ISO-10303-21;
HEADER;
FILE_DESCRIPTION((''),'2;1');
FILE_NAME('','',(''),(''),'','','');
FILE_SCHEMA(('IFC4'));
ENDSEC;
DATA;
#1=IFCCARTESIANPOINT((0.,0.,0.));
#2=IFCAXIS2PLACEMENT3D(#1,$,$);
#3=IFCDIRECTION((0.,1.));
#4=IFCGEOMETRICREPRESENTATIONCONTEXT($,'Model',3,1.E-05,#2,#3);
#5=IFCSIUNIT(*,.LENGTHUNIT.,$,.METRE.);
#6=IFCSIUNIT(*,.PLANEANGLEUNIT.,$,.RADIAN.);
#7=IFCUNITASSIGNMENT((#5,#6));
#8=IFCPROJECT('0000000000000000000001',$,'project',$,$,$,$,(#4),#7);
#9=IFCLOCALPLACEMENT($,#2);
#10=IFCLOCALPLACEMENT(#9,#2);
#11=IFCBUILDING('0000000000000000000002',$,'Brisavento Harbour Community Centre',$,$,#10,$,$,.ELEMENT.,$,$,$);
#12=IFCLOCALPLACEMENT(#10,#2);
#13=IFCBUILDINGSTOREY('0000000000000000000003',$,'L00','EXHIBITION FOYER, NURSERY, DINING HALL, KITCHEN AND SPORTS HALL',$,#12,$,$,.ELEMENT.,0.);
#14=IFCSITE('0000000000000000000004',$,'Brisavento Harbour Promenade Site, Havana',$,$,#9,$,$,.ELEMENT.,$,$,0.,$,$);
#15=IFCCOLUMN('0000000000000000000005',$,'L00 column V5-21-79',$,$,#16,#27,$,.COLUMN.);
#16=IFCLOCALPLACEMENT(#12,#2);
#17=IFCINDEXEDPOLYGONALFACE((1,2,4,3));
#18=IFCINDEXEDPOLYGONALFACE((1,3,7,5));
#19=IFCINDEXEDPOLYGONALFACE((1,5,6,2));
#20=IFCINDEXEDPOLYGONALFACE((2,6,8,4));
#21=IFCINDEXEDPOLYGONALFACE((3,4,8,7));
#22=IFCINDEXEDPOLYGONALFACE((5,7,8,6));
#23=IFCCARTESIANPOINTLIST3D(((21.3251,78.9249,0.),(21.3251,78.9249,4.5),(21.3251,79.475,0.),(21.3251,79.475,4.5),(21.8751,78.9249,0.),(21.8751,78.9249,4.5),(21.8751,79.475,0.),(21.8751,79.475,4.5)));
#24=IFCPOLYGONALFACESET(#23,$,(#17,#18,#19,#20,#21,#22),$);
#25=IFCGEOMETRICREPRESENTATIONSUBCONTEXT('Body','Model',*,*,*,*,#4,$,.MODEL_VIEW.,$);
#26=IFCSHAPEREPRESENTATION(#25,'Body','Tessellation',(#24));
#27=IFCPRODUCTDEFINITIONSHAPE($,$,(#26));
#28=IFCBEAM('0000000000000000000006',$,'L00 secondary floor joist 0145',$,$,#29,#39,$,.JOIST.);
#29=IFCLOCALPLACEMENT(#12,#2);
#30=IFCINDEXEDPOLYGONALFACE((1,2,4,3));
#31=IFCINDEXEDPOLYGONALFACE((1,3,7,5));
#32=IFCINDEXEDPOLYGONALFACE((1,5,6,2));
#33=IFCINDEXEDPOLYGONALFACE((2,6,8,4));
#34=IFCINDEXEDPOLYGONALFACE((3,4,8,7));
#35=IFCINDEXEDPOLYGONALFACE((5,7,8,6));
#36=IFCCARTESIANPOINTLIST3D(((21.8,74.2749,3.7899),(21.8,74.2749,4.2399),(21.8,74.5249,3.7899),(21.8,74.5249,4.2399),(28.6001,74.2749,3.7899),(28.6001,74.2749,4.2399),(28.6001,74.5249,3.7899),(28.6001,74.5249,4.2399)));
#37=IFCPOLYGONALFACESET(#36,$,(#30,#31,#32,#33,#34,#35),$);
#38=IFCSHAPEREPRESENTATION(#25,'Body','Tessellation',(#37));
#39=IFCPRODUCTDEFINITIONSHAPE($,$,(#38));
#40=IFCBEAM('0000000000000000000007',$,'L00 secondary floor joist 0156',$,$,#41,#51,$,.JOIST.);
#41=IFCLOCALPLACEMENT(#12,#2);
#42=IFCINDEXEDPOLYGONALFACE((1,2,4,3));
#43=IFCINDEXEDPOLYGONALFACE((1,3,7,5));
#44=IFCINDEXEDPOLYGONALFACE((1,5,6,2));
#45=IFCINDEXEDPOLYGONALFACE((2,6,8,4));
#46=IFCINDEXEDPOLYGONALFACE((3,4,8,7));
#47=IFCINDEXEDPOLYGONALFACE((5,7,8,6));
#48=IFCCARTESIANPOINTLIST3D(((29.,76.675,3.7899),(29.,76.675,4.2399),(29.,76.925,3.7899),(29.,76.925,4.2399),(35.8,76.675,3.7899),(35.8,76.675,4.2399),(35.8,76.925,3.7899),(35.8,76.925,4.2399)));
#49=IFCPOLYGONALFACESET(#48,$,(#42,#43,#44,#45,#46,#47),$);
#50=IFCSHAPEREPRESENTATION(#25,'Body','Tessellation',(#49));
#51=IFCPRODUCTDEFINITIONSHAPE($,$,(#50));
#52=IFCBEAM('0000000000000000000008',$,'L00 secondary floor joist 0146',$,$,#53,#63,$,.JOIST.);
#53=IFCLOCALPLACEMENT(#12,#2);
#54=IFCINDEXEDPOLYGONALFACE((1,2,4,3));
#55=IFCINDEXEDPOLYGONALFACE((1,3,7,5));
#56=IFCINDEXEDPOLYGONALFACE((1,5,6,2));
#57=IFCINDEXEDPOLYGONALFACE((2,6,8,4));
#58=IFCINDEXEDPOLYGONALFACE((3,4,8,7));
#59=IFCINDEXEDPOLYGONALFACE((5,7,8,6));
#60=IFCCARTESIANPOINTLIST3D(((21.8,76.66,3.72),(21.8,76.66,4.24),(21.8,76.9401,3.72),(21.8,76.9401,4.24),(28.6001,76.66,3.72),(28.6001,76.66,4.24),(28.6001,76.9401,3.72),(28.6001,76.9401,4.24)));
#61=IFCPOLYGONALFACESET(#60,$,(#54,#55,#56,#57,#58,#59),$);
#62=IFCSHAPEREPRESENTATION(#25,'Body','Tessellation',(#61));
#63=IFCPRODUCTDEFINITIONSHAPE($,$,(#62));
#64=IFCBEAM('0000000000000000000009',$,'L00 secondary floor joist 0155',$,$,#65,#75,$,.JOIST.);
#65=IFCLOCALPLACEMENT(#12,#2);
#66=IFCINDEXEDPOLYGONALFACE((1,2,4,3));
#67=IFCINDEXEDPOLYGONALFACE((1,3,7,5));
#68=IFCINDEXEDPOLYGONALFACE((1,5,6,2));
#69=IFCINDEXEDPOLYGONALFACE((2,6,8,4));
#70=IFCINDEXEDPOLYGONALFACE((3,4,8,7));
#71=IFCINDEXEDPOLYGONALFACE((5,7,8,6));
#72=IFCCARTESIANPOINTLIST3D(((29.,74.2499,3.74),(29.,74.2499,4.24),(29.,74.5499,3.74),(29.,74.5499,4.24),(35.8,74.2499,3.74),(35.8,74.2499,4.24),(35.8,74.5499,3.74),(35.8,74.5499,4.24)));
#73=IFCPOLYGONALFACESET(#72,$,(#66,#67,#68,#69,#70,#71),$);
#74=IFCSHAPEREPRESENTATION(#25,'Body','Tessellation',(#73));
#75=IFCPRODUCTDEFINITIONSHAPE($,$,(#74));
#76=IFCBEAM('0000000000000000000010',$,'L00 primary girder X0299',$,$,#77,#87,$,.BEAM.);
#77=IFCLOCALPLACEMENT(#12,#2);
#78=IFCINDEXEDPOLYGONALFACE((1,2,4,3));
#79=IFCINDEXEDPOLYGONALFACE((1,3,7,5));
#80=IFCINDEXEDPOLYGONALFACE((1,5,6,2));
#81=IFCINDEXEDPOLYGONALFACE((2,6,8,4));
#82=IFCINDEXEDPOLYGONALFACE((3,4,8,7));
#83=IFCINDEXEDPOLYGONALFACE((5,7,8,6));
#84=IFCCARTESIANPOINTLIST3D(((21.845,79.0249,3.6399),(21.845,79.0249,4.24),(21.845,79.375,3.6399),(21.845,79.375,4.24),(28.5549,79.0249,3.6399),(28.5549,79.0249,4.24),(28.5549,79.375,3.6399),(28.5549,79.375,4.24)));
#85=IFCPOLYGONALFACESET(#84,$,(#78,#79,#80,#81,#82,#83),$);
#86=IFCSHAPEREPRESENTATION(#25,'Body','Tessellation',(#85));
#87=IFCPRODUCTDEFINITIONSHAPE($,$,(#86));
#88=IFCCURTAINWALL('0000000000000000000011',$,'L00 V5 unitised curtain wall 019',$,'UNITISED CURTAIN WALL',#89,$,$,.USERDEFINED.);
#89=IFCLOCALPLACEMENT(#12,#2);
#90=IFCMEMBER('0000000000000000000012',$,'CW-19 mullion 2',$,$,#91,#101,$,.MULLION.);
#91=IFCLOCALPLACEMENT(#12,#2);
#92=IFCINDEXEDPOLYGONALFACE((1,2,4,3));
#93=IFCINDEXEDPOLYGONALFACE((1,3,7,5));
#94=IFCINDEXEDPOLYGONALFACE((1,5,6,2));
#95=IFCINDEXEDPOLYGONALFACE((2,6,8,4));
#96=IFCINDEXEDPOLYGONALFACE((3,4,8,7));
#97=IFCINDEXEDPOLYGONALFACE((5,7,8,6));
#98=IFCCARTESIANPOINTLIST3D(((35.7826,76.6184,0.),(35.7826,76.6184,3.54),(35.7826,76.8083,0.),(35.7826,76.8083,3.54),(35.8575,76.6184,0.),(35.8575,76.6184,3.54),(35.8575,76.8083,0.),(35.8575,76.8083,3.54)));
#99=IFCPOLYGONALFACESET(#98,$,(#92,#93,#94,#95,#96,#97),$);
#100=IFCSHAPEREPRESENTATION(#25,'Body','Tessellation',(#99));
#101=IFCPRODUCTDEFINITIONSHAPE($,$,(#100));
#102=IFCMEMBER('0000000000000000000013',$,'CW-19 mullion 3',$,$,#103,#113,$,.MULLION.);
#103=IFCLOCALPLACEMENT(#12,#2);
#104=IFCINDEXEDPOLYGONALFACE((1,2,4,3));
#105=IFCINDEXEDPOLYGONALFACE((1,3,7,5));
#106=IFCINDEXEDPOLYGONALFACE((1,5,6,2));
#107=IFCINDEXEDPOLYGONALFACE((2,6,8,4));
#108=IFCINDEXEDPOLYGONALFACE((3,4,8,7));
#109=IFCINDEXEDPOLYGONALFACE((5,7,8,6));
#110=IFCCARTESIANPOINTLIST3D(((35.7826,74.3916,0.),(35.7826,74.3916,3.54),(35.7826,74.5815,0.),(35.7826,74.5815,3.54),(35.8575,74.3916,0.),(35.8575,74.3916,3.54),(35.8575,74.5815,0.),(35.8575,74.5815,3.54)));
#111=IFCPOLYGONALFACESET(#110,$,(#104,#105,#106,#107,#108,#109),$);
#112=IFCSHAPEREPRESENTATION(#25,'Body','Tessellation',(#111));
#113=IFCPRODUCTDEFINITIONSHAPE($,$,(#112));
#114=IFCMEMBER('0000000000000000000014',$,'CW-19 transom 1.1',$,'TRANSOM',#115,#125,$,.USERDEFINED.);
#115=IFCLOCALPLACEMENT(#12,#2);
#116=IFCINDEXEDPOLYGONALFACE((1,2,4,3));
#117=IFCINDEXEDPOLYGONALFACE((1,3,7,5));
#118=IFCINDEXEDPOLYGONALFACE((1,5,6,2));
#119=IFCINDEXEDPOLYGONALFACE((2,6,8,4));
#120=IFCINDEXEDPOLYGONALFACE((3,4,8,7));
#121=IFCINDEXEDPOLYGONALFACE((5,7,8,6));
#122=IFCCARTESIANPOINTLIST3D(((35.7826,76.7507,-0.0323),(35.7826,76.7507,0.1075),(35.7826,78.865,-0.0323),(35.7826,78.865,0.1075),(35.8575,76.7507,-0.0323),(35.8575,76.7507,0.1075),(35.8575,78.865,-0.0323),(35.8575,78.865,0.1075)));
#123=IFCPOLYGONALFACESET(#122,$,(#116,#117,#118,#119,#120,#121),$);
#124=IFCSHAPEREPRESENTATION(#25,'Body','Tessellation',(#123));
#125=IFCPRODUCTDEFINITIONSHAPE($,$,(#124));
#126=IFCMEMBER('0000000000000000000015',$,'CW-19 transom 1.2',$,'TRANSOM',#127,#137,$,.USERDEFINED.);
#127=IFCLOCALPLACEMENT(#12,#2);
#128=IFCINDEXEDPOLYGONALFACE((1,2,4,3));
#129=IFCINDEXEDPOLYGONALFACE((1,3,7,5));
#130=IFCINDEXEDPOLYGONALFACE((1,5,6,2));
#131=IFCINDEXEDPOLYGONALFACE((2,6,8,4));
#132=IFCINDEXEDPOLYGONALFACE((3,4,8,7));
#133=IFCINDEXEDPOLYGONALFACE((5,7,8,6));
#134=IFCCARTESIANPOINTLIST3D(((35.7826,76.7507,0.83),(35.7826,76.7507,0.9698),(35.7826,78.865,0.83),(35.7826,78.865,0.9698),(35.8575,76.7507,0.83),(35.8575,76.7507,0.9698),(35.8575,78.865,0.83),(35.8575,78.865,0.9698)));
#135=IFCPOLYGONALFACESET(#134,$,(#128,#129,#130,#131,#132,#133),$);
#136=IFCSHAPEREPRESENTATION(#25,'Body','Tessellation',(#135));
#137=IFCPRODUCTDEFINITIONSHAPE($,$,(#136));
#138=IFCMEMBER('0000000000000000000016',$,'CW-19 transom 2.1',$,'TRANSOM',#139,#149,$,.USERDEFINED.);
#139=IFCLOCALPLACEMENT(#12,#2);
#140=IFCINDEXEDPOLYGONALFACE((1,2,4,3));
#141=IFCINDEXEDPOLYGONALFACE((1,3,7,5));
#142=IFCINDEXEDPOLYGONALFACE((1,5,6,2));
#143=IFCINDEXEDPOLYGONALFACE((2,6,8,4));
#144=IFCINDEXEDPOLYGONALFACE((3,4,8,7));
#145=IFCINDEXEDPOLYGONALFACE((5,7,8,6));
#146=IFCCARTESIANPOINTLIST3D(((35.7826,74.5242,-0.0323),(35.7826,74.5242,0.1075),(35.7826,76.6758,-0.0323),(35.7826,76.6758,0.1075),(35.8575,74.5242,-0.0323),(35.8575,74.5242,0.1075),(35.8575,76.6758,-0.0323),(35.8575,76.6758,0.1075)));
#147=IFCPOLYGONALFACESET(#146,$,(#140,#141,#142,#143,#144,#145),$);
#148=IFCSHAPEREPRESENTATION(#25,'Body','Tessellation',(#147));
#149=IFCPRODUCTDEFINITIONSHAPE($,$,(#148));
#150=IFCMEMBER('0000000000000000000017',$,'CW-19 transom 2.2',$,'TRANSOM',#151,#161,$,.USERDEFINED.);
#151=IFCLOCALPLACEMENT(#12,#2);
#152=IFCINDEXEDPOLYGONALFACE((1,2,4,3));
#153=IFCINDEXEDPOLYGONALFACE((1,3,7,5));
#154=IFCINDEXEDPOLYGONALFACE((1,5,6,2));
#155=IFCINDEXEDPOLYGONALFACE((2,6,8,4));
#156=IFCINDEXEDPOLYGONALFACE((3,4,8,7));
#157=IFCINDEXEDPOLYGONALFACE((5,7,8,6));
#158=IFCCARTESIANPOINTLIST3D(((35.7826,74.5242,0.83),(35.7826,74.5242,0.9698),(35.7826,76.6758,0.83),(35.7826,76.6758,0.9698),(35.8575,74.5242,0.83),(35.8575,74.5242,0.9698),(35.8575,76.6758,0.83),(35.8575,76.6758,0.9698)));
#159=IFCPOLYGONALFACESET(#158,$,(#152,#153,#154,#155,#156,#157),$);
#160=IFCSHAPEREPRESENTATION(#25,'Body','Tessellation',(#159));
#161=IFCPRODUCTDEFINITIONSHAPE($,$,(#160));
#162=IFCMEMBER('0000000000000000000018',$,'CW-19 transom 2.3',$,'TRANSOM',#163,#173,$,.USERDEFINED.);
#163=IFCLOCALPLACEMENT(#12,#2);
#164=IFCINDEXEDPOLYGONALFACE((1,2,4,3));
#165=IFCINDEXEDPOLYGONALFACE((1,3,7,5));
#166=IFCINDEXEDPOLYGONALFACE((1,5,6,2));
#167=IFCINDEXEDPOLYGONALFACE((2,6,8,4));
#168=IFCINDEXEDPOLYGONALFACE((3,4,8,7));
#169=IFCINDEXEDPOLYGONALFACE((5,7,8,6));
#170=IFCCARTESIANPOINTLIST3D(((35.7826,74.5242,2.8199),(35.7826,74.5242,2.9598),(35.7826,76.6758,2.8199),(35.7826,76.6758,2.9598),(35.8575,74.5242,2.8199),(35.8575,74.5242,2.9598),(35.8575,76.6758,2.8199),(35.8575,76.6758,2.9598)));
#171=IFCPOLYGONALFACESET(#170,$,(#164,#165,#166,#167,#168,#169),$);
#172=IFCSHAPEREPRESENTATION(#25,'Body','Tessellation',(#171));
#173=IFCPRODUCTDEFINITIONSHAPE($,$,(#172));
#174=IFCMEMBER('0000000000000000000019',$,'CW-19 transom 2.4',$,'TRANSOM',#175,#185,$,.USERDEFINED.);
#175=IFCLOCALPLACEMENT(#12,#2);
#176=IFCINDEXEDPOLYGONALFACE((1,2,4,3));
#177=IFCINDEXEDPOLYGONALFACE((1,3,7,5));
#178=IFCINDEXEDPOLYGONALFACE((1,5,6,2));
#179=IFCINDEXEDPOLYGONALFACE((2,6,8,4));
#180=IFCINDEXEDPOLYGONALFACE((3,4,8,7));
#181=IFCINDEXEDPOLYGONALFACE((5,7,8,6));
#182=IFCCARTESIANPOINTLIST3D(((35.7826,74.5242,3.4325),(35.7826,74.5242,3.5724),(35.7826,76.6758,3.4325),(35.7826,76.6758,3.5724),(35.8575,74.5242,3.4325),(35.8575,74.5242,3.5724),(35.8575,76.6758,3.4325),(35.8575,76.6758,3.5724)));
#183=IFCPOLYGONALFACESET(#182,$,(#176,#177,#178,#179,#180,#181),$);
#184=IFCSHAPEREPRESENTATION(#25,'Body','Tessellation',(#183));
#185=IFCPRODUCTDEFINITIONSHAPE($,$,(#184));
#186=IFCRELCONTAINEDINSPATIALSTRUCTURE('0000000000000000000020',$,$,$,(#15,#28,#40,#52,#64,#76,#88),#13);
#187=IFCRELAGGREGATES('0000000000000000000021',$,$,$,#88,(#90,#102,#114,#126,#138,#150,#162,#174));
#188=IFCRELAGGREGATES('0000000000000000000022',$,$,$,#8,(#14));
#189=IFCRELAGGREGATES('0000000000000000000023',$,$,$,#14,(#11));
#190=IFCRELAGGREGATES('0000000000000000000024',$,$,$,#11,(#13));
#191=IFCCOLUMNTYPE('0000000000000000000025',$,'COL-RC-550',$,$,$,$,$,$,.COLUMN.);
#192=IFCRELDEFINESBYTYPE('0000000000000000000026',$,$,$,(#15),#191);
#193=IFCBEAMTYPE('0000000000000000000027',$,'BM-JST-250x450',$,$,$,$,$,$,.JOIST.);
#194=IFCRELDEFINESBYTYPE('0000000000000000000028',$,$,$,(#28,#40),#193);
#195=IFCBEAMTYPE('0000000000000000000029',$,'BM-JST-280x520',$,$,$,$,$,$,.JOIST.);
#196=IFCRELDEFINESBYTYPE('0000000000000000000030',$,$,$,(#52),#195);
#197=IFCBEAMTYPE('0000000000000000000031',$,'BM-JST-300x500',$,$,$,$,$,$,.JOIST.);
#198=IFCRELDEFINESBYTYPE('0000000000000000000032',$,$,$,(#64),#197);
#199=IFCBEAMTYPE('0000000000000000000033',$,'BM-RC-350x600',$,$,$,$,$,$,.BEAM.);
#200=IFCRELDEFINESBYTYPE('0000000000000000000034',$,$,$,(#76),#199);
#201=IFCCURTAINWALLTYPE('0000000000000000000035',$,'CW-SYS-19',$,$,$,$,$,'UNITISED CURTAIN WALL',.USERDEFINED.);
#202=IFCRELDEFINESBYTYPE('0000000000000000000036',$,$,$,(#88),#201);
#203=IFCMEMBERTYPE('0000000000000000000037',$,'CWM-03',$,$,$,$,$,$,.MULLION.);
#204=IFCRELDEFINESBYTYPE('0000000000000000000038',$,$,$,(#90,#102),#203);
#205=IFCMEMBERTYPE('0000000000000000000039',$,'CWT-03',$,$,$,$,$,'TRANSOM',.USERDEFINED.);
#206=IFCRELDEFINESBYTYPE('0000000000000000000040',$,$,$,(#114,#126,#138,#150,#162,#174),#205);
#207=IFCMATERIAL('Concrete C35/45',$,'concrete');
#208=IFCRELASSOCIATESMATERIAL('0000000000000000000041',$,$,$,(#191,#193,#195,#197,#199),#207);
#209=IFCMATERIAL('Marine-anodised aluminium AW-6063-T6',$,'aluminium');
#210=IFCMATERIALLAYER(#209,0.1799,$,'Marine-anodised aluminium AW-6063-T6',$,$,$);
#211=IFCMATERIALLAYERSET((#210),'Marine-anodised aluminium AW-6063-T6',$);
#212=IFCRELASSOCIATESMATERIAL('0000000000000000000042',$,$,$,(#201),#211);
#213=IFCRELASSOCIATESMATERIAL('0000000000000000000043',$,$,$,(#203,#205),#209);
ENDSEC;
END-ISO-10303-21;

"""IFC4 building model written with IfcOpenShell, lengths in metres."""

from ifc_helpers import new_model, si_unit, direction, frame, origin, origin_2d, place, context, subcontext, project, spatial, rectangle, extrude, material, layer, layer_set, material_profile, profile_set, type_object, element, aggregate, save


model = new_model("IFC4")

# Units and contexts
model_context = context("Model", 3, precision=1e-05, world=origin(), true_north=direction((0.0, 1.0)))
body_context = subcontext(model_context, "Body", "Model", "MODEL_VIEW")
ifc_project = project(units=[si_unit("LENGTHUNIT", "METRE"), si_unit("PLANEANGLEUNIT", "RADIAN")], contexts=[model_context])

# Site, building, storey
site_placement = place(None, origin())
site = spatial("IfcSite", under=ifc_project, at=site_placement, Name="Brisavento Harbour Promenade Site, Havana", CompositionType="ELEMENT", RefElevation=0.0)
building_placement = place(site_placement, origin())
building = spatial("IfcBuilding", under=site, at=building_placement, Name="Brisavento Harbour Community Centre", CompositionType="ELEMENT")
storey_placement = place(building_placement, origin())
storey = spatial("IfcBuildingStorey", under=building, at=storey_placement, Name="L00", Description="EXHIBITION FOYER, NURSERY, DINING HALL, KITCHEN AND SPORTS HALL", CompositionType="ELEMENT", Elevation=0.0)

# Column
ifc_material_1 = material(Name="Concrete C35/45", Category="concrete")
ifc_material_profile_1 = material_profile(ifc_material_1, rectangle(XDim=0.55, YDim=0.55, at=origin_2d()), Name="Concrete C35/45")
ifc_profile_set_1 = profile_set([ifc_material_profile_1], Name="Concrete C35/45")
column_type = type_object("IfcColumnType", Name="COL-RC-550", PredefinedType="COLUMN", material=ifc_profile_set_1)
column_placement = place(storey_placement, frame((21.6001, 79.2, 0.0), z_axis=(0.0, 0.0, 1.0), x_axis=(1.0, 0.0, 0.0)))
element("IfcColumn", 1, at=column_placement, inside=storey, type_object=column_type, Name="L00 column V5-21-79", PredefinedType="COLUMN", context=body_context, shape_type="SweptSolid", body=[
    extrude(rectangle(XDim=0.55, YDim=0.55, at=origin_2d()), origin(), (0.0, 0.0, 1.0), 4.5),
])

# Beams
ifc_material_profile_2 = material_profile(ifc_material_1, rectangle(XDim=0.25, YDim=0.45, at=origin_2d()), Name="Concrete C35/45")
ifc_profile_set_2 = profile_set([ifc_material_profile_2], Name="Concrete C35/45")
beam_type_1 = type_object("IfcBeamType", Name="BM-JST-250x450", PredefinedType="JOIST", material=ifc_profile_set_2)
for number, where, z_axis, x_axis, name in (
    (2, (21.8, 74.3999, 4.0149), (1.0, 0.0, 0.0), (0.0, 1.0, 0.0), "L00 secondary floor joist 0145"),
    (3, (29.0, 76.8, 4.0149), (1.0, 0.0, 0.0), (0.0, 1.0, 0.0), "L00 secondary floor joist 0156"),
):
    element("IfcBeam", number, at=place(storey_placement, frame(where, z_axis=z_axis, x_axis=x_axis)), inside=storey, type_object=beam_type_1, Name=name, PredefinedType="JOIST", context=body_context, shape_type="SweptSolid", body=[
        extrude(rectangle(XDim=0.25, YDim=0.45, at=origin_2d()), origin(), (0.0, 0.0, 1.0), 6.8),
    ])
ifc_material_profile_3 = material_profile(ifc_material_1, rectangle(XDim=0.28, YDim=0.52, at=origin_2d()), Name="Concrete C35/45")
ifc_profile_set_3 = profile_set([ifc_material_profile_3], Name="Concrete C35/45")
beam_type_2 = type_object("IfcBeamType", Name="BM-JST-280x520", PredefinedType="JOIST", material=ifc_profile_set_3)
beam_1_placement = place(storey_placement, frame((21.8, 76.8, 3.98), z_axis=(1.0, 0.0, 0.0), x_axis=(0.0, 1.0, 0.0)))
element("IfcBeam", 4, at=beam_1_placement, inside=storey, type_object=beam_type_2, Name="L00 secondary floor joist 0146", PredefinedType="JOIST", context=body_context, shape_type="SweptSolid", body=[
    extrude(rectangle(XDim=0.28, YDim=0.52, at=origin_2d()), origin(), (0.0, 0.0, 1.0), 6.8),
])
ifc_material_profile_4 = material_profile(ifc_material_1, rectangle(XDim=0.3, YDim=0.5, at=origin_2d()), Name="Concrete C35/45")
ifc_profile_set_4 = profile_set([ifc_material_profile_4], Name="Concrete C35/45")
beam_type_3 = type_object("IfcBeamType", Name="BM-JST-300x500", PredefinedType="JOIST", material=ifc_profile_set_4)
beam_2_placement = place(storey_placement, frame((29.0, 74.3999, 3.99), z_axis=(1.0, 0.0, 0.0), x_axis=(0.0, 1.0, 0.0)))
element("IfcBeam", 5, at=beam_2_placement, inside=storey, type_object=beam_type_3, Name="L00 secondary floor joist 0155", PredefinedType="JOIST", context=body_context, shape_type="SweptSolid", body=[
    extrude(rectangle(XDim=0.3, YDim=0.5, at=origin_2d()), origin(), (0.0, 0.0, 1.0), 6.8),
])
ifc_material_profile_5 = material_profile(ifc_material_1, rectangle(XDim=0.3501, YDim=0.6001, at=origin_2d()), Name="Concrete C35/45")
ifc_profile_set_5 = profile_set([ifc_material_profile_5], Name="Concrete C35/45")
beam_type_4 = type_object("IfcBeamType", Name="BM-RC-350x600", PredefinedType="BEAM", material=ifc_profile_set_5)
beam_3_placement = place(storey_placement, frame((21.845, 79.2, 3.9399), z_axis=(1.0, 0.0, 0.0), x_axis=(0.0, 1.0, 0.0)))
element("IfcBeam", 6, at=beam_3_placement, inside=storey, type_object=beam_type_4, Name="L00 primary girder X0299", PredefinedType="BEAM", context=body_context, shape_type="SweptSolid", body=[
    extrude(rectangle(XDim=0.3501, YDim=0.6001, at=origin_2d()), origin(), (0.0, 0.0, 1.0), 6.71),
])

# Curtain wall, members
ifc_material_2 = material(Name="Marine-anodised aluminium AW-6063-T6", Category="aluminium")
ifc_layer_1 = layer(ifc_material_2, 0.1799, Name="Marine-anodised aluminium AW-6063-T6")
ifc_layer_set_1 = layer_set([ifc_layer_1], Name="Marine-anodised aluminium AW-6063-T6")
curtain_wall_type = type_object("IfcCurtainWallType", Name="CW-SYS-19", ElementType="UNITISED CURTAIN WALL", PredefinedType="USERDEFINED", material=ifc_layer_set_1)
curtain_wall_placement = place(storey_placement, origin())
curtain_wall = element("IfcCurtainWall", 7, at=curtain_wall_placement, inside=storey, type_object=curtain_wall_type, Name="L00 V5 unitised curtain wall 019", ObjectType="UNITISED CURTAIN WALL", PredefinedType="USERDEFINED")
ifc_material_profile_6 = material_profile(ifc_material_2, rectangle(XDim=0.075, YDim=0.1899, at=origin_2d()), Name="Marine-anodised aluminium AW-6063-T6")
ifc_profile_set_6 = profile_set([ifc_material_profile_6], Name="Marine-anodised aluminium AW-6063-T6")
member_type_1 = type_object("IfcMemberType", Name="CWM-03", PredefinedType="MULLION", material=ifc_profile_set_6)
member_1_placement = place(storey_placement, frame((35.8201, 76.7134, 0.0), z_axis=(0.0, 0.0, 1.0), x_axis=(1.0, 0.0, 0.0)))
member_1 = element("IfcMember", 8, at=member_1_placement, type_object=member_type_1, Name="CW-19 mullion 2", PredefinedType="MULLION", context=body_context, shape_type="SweptSolid", body=[
    extrude(rectangle(XDim=0.075, YDim=0.1899, at=origin_2d()), origin(), (0.0, 0.0, 1.0), 3.54),
])
member_2_placement = place(storey_placement, frame((35.8201, 74.4866, 0.0), z_axis=(0.0, 0.0, 1.0), x_axis=(1.0, 0.0, 0.0)))
member_2 = element("IfcMember", 9, at=member_2_placement, type_object=member_type_1, Name="CW-19 mullion 3", PredefinedType="MULLION", context=body_context, shape_type="SweptSolid", body=[
    extrude(rectangle(XDim=0.075, YDim=0.1899, at=origin_2d()), origin(), (0.0, 0.0, 1.0), 3.54),
])
ifc_material_profile_7 = material_profile(ifc_material_2, rectangle(XDim=0.075, YDim=0.1399, at=origin_2d()), Name="Marine-anodised aluminium AW-6063-T6")
ifc_profile_set_7 = profile_set([ifc_material_profile_7], Name="Marine-anodised aluminium AW-6063-T6")
member_type_2 = type_object("IfcMemberType", Name="CWT-03", ElementType="TRANSOM", PredefinedType="USERDEFINED", material=ifc_profile_set_7)
member_3_placement = place(storey_placement, frame((35.8201, 78.865, 0.0376), z_axis=(0.0, -1.0, 0.0), x_axis=(1.0, 0.0, 0.0)))
member_3 = element("IfcMember", 10, at=member_3_placement, type_object=member_type_2, Name="CW-19 transom 1.1", ObjectType="TRANSOM", PredefinedType="USERDEFINED", context=body_context, shape_type="SweptSolid", body=[
    extrude(rectangle(XDim=0.075, YDim=0.1399, at=origin_2d()), origin(), (0.0, 0.0, 1.0), 2.1143),
])
member_4_placement = place(storey_placement, frame((35.8201, 78.865, 0.8999), z_axis=(0.0, -1.0, 0.0), x_axis=(1.0, 0.0, 0.0)))
member_4 = element("IfcMember", 11, at=member_4_placement, type_object=member_type_2, Name="CW-19 transom 1.2", ObjectType="TRANSOM", PredefinedType="USERDEFINED", context=body_context, shape_type="SweptSolid", body=[
    extrude(rectangle(XDim=0.075, YDim=0.1399, at=origin_2d()), origin(), (0.0, 0.0, 1.0), 2.1143),
])
member_5_placement = place(storey_placement, frame((35.8201, 76.6758, 0.0376), z_axis=(0.0, -1.0, 0.0), x_axis=(1.0, 0.0, 0.0)))
member_5 = element("IfcMember", 12, at=member_5_placement, type_object=member_type_2, Name="CW-19 transom 2.1", ObjectType="TRANSOM", PredefinedType="USERDEFINED", context=body_context, shape_type="SweptSolid", body=[
    extrude(rectangle(XDim=0.075, YDim=0.1399, at=origin_2d()), origin(), (0.0, 0.0, 1.0), 2.1516),
])
member_6_placement = place(storey_placement, frame((35.8201, 76.6758, 0.8999), z_axis=(0.0, -1.0, 0.0), x_axis=(1.0, 0.0, 0.0)))
member_6 = element("IfcMember", 13, at=member_6_placement, type_object=member_type_2, Name="CW-19 transom 2.2", ObjectType="TRANSOM", PredefinedType="USERDEFINED", context=body_context, shape_type="SweptSolid", body=[
    extrude(rectangle(XDim=0.075, YDim=0.1399, at=origin_2d()), origin(), (0.0, 0.0, 1.0), 2.1516),
])
member_7_placement = place(storey_placement, frame((35.8201, 76.6758, 2.8899), z_axis=(0.0, -1.0, 0.0), x_axis=(1.0, 0.0, 0.0)))
member_7 = element("IfcMember", 14, at=member_7_placement, type_object=member_type_2, Name="CW-19 transom 2.3", ObjectType="TRANSOM", PredefinedType="USERDEFINED", context=body_context, shape_type="SweptSolid", body=[
    extrude(rectangle(XDim=0.075, YDim=0.1399, at=origin_2d()), origin(), (0.0, 0.0, 1.0), 2.1516),
])
member_8_placement = place(storey_placement, frame((35.8201, 76.6758, 3.5024), z_axis=(0.0, -1.0, 0.0), x_axis=(1.0, 0.0, 0.0)))
member_8 = element("IfcMember", 15, at=member_8_placement, type_object=member_type_2, Name="CW-19 transom 2.4", ObjectType="TRANSOM", PredefinedType="USERDEFINED", context=body_context, shape_type="SweptSolid", body=[
    extrude(rectangle(XDim=0.075, YDim=0.1399, at=origin_2d()), origin(), (0.0, 0.0, 1.0), 2.1516),
])
aggregate(curtain_wall, [member_1, member_2, member_3, member_4, member_5, member_6, member_7, member_8])

save(model, "model.ifc")
